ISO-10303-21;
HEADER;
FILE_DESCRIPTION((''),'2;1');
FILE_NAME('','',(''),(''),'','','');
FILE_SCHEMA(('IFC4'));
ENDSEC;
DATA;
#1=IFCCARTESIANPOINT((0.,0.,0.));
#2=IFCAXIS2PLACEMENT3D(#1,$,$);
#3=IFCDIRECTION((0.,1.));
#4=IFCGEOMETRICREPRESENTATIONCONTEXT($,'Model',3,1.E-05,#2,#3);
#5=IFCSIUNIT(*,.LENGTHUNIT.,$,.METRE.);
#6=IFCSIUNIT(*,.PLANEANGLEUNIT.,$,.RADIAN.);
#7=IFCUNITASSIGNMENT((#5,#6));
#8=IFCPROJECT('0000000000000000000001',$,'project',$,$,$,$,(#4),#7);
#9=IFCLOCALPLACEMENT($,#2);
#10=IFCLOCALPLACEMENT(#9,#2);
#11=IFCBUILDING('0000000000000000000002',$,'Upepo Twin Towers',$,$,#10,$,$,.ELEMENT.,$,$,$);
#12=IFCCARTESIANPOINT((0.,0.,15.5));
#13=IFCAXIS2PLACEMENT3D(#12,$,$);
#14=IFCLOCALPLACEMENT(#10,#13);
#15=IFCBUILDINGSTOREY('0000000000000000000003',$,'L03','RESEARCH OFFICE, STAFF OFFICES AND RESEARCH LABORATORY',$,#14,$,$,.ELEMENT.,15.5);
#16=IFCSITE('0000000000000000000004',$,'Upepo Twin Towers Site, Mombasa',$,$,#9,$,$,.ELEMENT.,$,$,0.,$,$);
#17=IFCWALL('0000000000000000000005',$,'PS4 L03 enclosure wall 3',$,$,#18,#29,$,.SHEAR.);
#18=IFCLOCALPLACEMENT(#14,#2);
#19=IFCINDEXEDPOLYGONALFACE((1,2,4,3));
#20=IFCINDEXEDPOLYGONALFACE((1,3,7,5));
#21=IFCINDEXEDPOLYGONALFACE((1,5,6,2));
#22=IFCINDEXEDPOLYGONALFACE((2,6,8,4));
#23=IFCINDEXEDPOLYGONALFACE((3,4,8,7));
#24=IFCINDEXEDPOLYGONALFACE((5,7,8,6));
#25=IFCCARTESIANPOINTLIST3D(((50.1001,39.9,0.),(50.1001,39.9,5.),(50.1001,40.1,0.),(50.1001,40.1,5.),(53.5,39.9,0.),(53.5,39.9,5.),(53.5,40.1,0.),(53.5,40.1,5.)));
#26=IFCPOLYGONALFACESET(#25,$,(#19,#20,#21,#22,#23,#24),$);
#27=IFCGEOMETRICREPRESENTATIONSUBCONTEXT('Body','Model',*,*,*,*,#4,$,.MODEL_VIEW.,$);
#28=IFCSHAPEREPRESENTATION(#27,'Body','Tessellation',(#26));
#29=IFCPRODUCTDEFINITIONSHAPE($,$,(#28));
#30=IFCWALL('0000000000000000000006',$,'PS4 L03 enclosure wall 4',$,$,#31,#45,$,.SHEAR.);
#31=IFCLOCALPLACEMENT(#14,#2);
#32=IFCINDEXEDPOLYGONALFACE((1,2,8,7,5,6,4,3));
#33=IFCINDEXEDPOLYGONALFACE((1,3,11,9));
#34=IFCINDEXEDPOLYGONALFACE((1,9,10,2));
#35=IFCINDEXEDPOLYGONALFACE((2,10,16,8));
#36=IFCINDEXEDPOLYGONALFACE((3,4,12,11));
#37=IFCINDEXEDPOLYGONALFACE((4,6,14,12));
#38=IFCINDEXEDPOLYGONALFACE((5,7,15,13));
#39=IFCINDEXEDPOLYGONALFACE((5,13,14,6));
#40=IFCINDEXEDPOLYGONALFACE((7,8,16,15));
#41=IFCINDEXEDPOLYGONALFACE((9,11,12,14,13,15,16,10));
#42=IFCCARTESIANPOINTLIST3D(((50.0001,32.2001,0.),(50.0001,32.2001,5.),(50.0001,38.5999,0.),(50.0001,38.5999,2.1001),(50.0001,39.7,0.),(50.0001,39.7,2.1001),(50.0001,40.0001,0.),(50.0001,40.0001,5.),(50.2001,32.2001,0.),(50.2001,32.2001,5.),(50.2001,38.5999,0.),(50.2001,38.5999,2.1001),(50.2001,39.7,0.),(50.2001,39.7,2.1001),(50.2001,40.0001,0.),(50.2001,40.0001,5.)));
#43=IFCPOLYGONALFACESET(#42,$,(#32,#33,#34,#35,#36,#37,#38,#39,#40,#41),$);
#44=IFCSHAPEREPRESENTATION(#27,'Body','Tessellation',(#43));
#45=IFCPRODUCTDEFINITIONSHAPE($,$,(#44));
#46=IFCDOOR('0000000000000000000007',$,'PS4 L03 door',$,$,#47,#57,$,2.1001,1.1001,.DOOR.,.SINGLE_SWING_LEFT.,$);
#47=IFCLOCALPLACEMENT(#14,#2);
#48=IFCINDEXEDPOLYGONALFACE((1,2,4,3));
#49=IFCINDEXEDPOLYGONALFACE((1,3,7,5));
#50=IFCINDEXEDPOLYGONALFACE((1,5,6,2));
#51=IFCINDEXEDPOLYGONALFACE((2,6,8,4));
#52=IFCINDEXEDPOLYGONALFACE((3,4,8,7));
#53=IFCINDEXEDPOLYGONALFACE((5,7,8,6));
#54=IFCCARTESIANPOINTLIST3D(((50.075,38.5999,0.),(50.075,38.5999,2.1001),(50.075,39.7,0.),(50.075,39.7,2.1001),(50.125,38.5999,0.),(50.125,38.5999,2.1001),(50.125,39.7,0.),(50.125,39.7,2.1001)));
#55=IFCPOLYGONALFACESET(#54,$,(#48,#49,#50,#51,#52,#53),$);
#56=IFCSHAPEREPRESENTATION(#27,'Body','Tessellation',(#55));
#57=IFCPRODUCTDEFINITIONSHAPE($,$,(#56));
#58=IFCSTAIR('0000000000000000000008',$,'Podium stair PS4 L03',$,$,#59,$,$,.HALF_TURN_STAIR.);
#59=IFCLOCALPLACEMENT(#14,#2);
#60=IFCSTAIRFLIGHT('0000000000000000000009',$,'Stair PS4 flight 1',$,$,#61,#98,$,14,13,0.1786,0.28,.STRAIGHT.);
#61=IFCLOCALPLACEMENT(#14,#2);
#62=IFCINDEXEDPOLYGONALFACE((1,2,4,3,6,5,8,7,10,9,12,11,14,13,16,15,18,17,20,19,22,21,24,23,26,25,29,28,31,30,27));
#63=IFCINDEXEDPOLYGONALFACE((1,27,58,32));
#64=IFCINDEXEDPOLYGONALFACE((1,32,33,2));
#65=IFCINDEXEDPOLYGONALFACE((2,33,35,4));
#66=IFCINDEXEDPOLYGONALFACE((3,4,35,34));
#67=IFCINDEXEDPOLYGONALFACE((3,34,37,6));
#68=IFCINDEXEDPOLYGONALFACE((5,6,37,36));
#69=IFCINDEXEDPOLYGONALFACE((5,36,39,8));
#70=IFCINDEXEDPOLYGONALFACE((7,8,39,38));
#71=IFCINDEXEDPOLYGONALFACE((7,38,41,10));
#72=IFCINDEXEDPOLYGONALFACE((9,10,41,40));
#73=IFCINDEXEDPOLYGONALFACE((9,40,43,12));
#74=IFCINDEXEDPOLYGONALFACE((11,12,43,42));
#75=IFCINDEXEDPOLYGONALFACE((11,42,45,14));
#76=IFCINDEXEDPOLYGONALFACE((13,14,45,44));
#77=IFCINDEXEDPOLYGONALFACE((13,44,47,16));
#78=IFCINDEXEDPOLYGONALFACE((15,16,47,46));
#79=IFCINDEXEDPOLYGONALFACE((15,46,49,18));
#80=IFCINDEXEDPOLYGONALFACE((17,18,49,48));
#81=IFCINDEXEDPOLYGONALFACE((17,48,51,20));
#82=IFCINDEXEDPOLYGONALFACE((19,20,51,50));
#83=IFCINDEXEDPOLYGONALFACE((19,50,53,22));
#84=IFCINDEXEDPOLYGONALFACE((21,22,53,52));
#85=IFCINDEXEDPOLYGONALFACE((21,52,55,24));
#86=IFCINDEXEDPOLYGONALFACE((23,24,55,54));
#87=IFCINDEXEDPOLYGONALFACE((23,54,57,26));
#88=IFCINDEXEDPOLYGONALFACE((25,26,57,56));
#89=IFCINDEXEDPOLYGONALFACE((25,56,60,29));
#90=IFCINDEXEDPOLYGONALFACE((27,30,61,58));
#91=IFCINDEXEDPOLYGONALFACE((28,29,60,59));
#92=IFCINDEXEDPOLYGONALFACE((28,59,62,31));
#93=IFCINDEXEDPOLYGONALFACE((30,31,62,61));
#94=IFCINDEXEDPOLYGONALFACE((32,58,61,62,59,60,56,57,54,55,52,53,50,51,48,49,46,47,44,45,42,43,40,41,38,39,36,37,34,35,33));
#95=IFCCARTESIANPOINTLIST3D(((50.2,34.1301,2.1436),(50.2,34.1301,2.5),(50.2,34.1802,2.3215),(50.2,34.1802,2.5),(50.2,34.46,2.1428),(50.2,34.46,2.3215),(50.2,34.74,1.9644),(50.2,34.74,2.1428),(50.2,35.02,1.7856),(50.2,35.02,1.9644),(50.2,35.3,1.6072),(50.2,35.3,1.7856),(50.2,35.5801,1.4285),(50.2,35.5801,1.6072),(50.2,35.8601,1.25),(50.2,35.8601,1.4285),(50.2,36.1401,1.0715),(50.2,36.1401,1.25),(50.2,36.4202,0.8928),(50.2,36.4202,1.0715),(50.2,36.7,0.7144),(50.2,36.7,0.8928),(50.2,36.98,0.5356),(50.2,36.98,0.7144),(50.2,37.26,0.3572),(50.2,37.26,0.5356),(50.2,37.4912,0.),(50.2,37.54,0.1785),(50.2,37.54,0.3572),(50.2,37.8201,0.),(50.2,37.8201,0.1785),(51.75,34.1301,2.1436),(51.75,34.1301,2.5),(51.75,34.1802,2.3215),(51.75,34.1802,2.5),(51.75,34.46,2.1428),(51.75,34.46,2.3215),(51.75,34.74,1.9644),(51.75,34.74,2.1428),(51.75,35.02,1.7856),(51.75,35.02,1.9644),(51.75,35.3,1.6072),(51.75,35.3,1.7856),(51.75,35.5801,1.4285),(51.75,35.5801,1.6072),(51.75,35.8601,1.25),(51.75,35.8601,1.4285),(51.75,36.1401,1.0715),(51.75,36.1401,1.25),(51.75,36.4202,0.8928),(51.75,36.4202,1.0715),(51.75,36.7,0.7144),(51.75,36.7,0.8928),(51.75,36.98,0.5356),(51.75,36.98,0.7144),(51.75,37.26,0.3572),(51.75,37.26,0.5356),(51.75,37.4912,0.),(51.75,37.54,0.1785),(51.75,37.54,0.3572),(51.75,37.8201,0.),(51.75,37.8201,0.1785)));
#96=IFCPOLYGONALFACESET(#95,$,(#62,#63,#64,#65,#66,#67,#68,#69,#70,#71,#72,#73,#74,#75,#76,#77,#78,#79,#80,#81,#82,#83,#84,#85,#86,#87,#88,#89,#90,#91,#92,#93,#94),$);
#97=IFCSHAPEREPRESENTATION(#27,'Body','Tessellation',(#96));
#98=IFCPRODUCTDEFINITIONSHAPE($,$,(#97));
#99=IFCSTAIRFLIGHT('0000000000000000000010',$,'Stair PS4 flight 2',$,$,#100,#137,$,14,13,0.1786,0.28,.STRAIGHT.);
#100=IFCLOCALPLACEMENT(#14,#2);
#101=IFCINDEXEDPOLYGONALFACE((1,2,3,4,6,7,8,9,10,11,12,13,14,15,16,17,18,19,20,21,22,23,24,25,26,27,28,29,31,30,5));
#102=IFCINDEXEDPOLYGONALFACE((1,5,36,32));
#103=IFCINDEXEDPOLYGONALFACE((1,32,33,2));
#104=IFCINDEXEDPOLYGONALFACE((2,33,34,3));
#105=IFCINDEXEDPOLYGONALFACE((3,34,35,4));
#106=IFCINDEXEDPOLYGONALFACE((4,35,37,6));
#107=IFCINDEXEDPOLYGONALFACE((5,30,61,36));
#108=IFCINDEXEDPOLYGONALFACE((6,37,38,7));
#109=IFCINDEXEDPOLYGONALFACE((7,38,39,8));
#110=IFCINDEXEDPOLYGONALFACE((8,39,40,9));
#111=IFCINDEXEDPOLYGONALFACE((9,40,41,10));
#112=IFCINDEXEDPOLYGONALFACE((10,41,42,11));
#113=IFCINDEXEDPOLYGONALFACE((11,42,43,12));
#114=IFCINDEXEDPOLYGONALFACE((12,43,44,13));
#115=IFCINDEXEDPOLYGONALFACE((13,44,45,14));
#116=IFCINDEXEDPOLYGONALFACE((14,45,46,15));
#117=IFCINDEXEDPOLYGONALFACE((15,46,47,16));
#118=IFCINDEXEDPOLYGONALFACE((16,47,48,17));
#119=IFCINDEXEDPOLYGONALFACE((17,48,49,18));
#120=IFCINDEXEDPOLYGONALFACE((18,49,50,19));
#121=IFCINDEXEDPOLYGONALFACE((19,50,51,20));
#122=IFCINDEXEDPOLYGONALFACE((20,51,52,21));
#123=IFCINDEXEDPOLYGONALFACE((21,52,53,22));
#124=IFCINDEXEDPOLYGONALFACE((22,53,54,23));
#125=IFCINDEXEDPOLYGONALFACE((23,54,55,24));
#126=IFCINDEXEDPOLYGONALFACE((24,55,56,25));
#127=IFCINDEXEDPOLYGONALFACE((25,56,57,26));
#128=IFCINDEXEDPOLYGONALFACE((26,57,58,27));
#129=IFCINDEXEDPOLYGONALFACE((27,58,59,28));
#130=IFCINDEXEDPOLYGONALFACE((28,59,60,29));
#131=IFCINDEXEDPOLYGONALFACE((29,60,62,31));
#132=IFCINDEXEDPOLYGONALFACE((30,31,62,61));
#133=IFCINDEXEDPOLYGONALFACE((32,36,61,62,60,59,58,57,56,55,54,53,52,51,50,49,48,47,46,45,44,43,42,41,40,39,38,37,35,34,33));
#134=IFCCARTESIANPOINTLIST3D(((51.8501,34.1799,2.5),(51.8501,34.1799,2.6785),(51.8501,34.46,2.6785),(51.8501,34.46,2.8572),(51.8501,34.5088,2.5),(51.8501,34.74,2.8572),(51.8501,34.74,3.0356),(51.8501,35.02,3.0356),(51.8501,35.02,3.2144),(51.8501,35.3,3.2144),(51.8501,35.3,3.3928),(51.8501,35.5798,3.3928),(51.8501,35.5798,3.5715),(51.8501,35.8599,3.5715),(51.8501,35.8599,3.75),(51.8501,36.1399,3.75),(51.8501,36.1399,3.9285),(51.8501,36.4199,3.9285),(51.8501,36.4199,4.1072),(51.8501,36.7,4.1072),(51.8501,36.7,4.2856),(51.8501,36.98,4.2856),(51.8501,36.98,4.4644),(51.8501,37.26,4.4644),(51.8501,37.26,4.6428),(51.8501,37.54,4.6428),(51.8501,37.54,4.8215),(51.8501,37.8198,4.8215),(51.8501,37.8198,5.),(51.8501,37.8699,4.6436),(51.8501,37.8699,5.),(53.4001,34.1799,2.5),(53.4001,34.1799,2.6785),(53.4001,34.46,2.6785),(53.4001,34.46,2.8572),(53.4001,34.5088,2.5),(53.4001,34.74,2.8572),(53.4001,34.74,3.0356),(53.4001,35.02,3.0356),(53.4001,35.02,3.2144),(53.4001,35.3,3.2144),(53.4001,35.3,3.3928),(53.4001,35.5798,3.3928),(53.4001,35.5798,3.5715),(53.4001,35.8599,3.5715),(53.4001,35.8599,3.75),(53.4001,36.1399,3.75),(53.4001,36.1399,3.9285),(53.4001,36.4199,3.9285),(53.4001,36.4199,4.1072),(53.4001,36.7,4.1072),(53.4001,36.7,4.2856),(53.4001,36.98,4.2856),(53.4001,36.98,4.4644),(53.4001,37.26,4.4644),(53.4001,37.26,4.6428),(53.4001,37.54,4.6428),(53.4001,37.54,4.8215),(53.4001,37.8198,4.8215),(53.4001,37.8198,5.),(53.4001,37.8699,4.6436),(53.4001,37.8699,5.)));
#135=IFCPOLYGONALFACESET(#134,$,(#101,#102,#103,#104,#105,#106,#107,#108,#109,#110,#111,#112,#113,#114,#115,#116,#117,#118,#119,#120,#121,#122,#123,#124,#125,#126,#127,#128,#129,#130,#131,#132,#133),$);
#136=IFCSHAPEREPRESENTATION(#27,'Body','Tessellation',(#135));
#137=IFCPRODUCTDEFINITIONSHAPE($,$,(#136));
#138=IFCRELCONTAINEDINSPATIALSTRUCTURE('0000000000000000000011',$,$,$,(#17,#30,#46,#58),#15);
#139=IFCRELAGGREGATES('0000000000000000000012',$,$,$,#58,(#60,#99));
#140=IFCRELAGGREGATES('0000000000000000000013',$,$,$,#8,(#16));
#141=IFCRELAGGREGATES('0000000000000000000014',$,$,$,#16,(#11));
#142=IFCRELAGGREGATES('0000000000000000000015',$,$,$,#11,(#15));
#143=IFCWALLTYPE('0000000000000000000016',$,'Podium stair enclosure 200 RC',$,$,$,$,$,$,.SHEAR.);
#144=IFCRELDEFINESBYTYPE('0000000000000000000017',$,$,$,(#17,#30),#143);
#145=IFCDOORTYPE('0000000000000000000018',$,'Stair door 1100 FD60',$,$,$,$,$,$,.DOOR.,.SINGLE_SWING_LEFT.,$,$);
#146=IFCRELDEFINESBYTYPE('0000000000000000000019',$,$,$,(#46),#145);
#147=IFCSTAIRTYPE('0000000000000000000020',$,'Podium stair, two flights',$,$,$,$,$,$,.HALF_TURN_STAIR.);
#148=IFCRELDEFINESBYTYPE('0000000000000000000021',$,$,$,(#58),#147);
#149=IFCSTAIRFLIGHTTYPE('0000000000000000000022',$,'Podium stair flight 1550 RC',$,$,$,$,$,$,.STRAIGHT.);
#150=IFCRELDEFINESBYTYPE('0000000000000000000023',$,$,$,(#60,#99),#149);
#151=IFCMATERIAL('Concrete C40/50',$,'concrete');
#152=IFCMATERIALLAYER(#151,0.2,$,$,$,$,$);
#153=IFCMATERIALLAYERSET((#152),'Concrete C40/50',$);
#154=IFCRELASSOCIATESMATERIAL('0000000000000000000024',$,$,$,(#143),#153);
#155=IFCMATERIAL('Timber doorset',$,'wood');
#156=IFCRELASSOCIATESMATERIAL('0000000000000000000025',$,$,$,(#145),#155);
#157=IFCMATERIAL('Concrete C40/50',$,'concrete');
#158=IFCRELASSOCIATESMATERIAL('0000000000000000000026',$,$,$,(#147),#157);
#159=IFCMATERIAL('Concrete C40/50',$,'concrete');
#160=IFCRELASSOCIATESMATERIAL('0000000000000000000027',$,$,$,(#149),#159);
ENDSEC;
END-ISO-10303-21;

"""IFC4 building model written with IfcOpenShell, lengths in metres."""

from ifc_helpers import new_model, si_unit, direction, frame, frame_2d, origin, place, context, subcontext, project, spatial, polyline, rectangle, outline, extrude, material, layer, layer_set, type_object, element, fill, aggregate, save


model = new_model("IFC4")

# Units and contexts
model_context = context("Model", 3, precision=1e-05, world=origin(), true_north=direction((0.0, 1.0)))
body_context = subcontext(model_context, "Body", "Model", "MODEL_VIEW")
ifc_project = project(units=[si_unit("LENGTHUNIT", "METRE"), si_unit("PLANEANGLEUNIT", "RADIAN")], contexts=[model_context])

# Site, building, storey
site_placement = place(None, origin())
site = spatial("IfcSite", under=ifc_project, at=site_placement, Name="Upepo Twin Towers Site, Mombasa", CompositionType="ELEMENT", RefElevation=0.0)
building_placement = place(site_placement, origin())
building = spatial("IfcBuilding", under=site, at=building_placement, Name="Upepo Twin Towers", CompositionType="ELEMENT")
storey_placement = place(building_placement, frame((0.0, 0.0, 15.5)))
storey = spatial("IfcBuildingStorey", under=building, at=storey_placement, Name="L03", Description="RESEARCH OFFICE, STAFF OFFICES AND RESEARCH LABORATORY", CompositionType="ELEMENT", Elevation=15.5)

# Wall
ifc_material_1 = material(Name="Concrete C40/50", Category="concrete")
ifc_layer_1 = layer(ifc_material_1, 0.2)
ifc_layer_set_1 = layer_set([ifc_layer_1], Name="Concrete C40/50")
wall_type_1 = type_object("IfcWallType", Name="Podium stair enclosure 200 RC", PredefinedType="SHEAR", material=ifc_layer_set_1)
wall_1_placement = place(storey_placement, frame((53.5, 40.0, 0.0), z_axis=(0.0, 0.0, 1.0), x_axis=(-1.0, 0.0, 0.0)))
element("IfcWall", 1, at=wall_1_placement, inside=storey, type_object=wall_type_1, Name="PS4 L03 enclosure wall 3", PredefinedType="SHEAR", context=body_context, shape_type="SweptSolid", body=[
    extrude(rectangle(XDim=3.3999, YDim=0.2, at=frame_2d((1.7, 0.0))), origin(), (0.0, 0.0, 1.0), 5.0),
])

# Wall, opening, door
wall_2_placement = place(storey_placement, frame((50.1001, 40.0, 0.0), z_axis=(0.0, 0.0, 1.0), x_axis=(0.0, -1.0, 0.0)))
wall_2 = element("IfcWall", 2, at=wall_2_placement, inside=storey, type_object=wall_type_1, Name="PS4 L03 enclosure wall 4", PredefinedType="SHEAR", context=body_context, shape_type="SweptSolid", body=[
    extrude(rectangle(XDim=7.8, YDim=0.2, at=frame_2d((3.8999, 0.0))), origin(), (0.0, 0.0, 1.0), 5.0),
])
opening_1_placement = place(wall_2_placement, frame((0.3, 0.0, 0.0)))
opening_1 = element("IfcOpeningElement", 3, at=opening_1_placement, cuts=wall_2, PredefinedType="OPENING", context=body_context, shape_type="SweptSolid", body=[
    extrude(rectangle(XDim=1.1001, YDim=2.1001, at=frame_2d((0.55, 1.05))), frame((0.0, 0.1099, 0.0), z_axis=(0.0, -1.0, 0.0), x_axis=(1.0, 0.0, 0.0)), (0.0, 0.0, 1.0), 0.22),
])
ifc_material_2 = material(Name="Timber doorset", Category="wood")
door_type_1 = type_object("IfcDoorType", Name="Stair door 1100 FD60", OperationType="SINGLE_SWING_LEFT", PredefinedType="DOOR", material=ifc_material_2)
door_1_placement = place(opening_1_placement, origin())
door_1 = element("IfcDoor", 4, at=door_1_placement, inside=storey, type_object=door_type_1, Name="PS4 L03 door", OperationType="SINGLE_SWING_LEFT", OverallHeight=2.1001, OverallWidth=1.1001, PredefinedType="DOOR", context=body_context, shape_type="SweptSolid", body=[
    extrude(rectangle(XDim=1.1001, YDim=2.1001, at=frame_2d((0.55, 1.05))), frame((0.0, 0.0249, 0.0), z_axis=(0.0, -1.0, 0.0), x_axis=(1.0, 0.0, 0.0)), (0.0, 0.0, 1.0), 0.05),
])
fill(opening_1, door_1)

# Stair, stair flights
ifc_material_3 = material(Name="Concrete C40/50", Category="concrete")
stair_type = type_object("IfcStairType", Name="Podium stair, two flights", PredefinedType="HALF_TURN_STAIR", material=ifc_material_3)
stair_placement = place(storey_placement, origin())
stair = element("IfcStair", 5, at=stair_placement, inside=storey, type_object=stair_type, Name="Podium stair PS4 L03", PredefinedType="HALF_TURN_STAIR")
ifc_material_4 = material(Name="Concrete C40/50", Category="concrete")
stair_flight_type = type_object("IfcStairFlightType", Name="Podium stair flight 1550 RC", PredefinedType="STRAIGHT", material=ifc_material_4)
stair_flight_1_placement = place(storey_placement, frame((50.9751, 37.8201, 0.0), z_axis=(0.0, 0.0, 1.0), x_axis=(0.0, -1.0, 0.0)))
stair_flight_1 = element("IfcStairFlight", 6, at=stair_flight_1_placement, type_object=stair_flight_type, Name="Stair PS4 flight 1", NumberOfRisers=14, NumberOfTreads=13, PredefinedType="STRAIGHT", RiserHeight=0.1786, TreadLength=0.28, context=body_context, shape_type="SweptSolid", body=[
    extrude(outline(polyline([(0.0, 0.0), (0.0, 0.1785), (0.28, 0.1785), (0.28, 0.3572), (0.5601, 0.3572), (0.5601, 0.5356), (0.8401, 0.5356), (0.8401, 0.7144), (1.1201, 0.7144), (1.1201, 0.8928), (1.3999, 0.8928), (1.3999, 1.0715), (1.6799, 1.0715), (1.6799, 1.25), (1.96, 1.25), (1.96, 1.4285), (2.24, 1.4285), (2.24, 1.6072), (2.52, 1.6072), (2.52, 1.7856), (2.8, 1.7856), (2.8, 1.9644), (3.0801, 1.9644), (3.0801, 2.1428), (3.3601, 2.1428), (3.3601, 2.3215), (3.6399, 2.3215), (3.6399, 2.5), (3.6899, 2.5), (3.6899, 2.1436), (0.3289, 0.0), (0.0, 0.0)])), frame((0.0, 0.7749, 0.0), z_axis=(0.0, -1.0, 0.0), x_axis=(1.0, 0.0, 0.0)), (0.0, 0.0, 1.0), 1.55),
])
stair_flight_2_placement = place(storey_placement, frame((52.625, 34.1799, 2.5), z_axis=(0.0, 0.0, 1.0), x_axis=(0.0, 1.0, 0.0)))
stair_flight_2 = element("IfcStairFlight", 7, at=stair_flight_2_placement, type_object=stair_flight_type, Name="Stair PS4 flight 2", NumberOfRisers=14, NumberOfTreads=13, PredefinedType="STRAIGHT", RiserHeight=0.1786, TreadLength=0.28, context=body_context, shape_type="SweptSolid", body=[
    extrude(outline(polyline([(0.0, 0.0), (0.0, 0.1785), (0.28, 0.1785), (0.28, 0.3572), (0.5601, 0.3572), (0.5601, 0.5356), (0.8401, 0.5356), (0.8401, 0.7144), (1.1201, 0.7144), (1.1201, 0.8928), (1.3999, 0.8928), (1.3999, 1.0715), (1.6799, 1.0715), (1.6799, 1.25), (1.96, 1.25), (1.96, 1.4285), (2.24, 1.4285), (2.24, 1.6072), (2.52, 1.6072), (2.52, 1.7856), (2.8, 1.7856), (2.8, 1.9644), (3.0801, 1.9644), (3.0801, 2.1428), (3.3601, 2.1428), (3.3601, 2.3215), (3.6399, 2.3215), (3.6399, 2.5), (3.6899, 2.5), (3.6899, 2.1436), (0.3289, 0.0), (0.0, 0.0)])), frame((0.0, 0.7749, 0.0), z_axis=(0.0, -1.0, 0.0), x_axis=(1.0, 0.0, 0.0)), (0.0, 0.0, 1.0), 1.55),
])
aggregate(stair, [stair_flight_1, stair_flight_2])

save(model, "model.ifc")
